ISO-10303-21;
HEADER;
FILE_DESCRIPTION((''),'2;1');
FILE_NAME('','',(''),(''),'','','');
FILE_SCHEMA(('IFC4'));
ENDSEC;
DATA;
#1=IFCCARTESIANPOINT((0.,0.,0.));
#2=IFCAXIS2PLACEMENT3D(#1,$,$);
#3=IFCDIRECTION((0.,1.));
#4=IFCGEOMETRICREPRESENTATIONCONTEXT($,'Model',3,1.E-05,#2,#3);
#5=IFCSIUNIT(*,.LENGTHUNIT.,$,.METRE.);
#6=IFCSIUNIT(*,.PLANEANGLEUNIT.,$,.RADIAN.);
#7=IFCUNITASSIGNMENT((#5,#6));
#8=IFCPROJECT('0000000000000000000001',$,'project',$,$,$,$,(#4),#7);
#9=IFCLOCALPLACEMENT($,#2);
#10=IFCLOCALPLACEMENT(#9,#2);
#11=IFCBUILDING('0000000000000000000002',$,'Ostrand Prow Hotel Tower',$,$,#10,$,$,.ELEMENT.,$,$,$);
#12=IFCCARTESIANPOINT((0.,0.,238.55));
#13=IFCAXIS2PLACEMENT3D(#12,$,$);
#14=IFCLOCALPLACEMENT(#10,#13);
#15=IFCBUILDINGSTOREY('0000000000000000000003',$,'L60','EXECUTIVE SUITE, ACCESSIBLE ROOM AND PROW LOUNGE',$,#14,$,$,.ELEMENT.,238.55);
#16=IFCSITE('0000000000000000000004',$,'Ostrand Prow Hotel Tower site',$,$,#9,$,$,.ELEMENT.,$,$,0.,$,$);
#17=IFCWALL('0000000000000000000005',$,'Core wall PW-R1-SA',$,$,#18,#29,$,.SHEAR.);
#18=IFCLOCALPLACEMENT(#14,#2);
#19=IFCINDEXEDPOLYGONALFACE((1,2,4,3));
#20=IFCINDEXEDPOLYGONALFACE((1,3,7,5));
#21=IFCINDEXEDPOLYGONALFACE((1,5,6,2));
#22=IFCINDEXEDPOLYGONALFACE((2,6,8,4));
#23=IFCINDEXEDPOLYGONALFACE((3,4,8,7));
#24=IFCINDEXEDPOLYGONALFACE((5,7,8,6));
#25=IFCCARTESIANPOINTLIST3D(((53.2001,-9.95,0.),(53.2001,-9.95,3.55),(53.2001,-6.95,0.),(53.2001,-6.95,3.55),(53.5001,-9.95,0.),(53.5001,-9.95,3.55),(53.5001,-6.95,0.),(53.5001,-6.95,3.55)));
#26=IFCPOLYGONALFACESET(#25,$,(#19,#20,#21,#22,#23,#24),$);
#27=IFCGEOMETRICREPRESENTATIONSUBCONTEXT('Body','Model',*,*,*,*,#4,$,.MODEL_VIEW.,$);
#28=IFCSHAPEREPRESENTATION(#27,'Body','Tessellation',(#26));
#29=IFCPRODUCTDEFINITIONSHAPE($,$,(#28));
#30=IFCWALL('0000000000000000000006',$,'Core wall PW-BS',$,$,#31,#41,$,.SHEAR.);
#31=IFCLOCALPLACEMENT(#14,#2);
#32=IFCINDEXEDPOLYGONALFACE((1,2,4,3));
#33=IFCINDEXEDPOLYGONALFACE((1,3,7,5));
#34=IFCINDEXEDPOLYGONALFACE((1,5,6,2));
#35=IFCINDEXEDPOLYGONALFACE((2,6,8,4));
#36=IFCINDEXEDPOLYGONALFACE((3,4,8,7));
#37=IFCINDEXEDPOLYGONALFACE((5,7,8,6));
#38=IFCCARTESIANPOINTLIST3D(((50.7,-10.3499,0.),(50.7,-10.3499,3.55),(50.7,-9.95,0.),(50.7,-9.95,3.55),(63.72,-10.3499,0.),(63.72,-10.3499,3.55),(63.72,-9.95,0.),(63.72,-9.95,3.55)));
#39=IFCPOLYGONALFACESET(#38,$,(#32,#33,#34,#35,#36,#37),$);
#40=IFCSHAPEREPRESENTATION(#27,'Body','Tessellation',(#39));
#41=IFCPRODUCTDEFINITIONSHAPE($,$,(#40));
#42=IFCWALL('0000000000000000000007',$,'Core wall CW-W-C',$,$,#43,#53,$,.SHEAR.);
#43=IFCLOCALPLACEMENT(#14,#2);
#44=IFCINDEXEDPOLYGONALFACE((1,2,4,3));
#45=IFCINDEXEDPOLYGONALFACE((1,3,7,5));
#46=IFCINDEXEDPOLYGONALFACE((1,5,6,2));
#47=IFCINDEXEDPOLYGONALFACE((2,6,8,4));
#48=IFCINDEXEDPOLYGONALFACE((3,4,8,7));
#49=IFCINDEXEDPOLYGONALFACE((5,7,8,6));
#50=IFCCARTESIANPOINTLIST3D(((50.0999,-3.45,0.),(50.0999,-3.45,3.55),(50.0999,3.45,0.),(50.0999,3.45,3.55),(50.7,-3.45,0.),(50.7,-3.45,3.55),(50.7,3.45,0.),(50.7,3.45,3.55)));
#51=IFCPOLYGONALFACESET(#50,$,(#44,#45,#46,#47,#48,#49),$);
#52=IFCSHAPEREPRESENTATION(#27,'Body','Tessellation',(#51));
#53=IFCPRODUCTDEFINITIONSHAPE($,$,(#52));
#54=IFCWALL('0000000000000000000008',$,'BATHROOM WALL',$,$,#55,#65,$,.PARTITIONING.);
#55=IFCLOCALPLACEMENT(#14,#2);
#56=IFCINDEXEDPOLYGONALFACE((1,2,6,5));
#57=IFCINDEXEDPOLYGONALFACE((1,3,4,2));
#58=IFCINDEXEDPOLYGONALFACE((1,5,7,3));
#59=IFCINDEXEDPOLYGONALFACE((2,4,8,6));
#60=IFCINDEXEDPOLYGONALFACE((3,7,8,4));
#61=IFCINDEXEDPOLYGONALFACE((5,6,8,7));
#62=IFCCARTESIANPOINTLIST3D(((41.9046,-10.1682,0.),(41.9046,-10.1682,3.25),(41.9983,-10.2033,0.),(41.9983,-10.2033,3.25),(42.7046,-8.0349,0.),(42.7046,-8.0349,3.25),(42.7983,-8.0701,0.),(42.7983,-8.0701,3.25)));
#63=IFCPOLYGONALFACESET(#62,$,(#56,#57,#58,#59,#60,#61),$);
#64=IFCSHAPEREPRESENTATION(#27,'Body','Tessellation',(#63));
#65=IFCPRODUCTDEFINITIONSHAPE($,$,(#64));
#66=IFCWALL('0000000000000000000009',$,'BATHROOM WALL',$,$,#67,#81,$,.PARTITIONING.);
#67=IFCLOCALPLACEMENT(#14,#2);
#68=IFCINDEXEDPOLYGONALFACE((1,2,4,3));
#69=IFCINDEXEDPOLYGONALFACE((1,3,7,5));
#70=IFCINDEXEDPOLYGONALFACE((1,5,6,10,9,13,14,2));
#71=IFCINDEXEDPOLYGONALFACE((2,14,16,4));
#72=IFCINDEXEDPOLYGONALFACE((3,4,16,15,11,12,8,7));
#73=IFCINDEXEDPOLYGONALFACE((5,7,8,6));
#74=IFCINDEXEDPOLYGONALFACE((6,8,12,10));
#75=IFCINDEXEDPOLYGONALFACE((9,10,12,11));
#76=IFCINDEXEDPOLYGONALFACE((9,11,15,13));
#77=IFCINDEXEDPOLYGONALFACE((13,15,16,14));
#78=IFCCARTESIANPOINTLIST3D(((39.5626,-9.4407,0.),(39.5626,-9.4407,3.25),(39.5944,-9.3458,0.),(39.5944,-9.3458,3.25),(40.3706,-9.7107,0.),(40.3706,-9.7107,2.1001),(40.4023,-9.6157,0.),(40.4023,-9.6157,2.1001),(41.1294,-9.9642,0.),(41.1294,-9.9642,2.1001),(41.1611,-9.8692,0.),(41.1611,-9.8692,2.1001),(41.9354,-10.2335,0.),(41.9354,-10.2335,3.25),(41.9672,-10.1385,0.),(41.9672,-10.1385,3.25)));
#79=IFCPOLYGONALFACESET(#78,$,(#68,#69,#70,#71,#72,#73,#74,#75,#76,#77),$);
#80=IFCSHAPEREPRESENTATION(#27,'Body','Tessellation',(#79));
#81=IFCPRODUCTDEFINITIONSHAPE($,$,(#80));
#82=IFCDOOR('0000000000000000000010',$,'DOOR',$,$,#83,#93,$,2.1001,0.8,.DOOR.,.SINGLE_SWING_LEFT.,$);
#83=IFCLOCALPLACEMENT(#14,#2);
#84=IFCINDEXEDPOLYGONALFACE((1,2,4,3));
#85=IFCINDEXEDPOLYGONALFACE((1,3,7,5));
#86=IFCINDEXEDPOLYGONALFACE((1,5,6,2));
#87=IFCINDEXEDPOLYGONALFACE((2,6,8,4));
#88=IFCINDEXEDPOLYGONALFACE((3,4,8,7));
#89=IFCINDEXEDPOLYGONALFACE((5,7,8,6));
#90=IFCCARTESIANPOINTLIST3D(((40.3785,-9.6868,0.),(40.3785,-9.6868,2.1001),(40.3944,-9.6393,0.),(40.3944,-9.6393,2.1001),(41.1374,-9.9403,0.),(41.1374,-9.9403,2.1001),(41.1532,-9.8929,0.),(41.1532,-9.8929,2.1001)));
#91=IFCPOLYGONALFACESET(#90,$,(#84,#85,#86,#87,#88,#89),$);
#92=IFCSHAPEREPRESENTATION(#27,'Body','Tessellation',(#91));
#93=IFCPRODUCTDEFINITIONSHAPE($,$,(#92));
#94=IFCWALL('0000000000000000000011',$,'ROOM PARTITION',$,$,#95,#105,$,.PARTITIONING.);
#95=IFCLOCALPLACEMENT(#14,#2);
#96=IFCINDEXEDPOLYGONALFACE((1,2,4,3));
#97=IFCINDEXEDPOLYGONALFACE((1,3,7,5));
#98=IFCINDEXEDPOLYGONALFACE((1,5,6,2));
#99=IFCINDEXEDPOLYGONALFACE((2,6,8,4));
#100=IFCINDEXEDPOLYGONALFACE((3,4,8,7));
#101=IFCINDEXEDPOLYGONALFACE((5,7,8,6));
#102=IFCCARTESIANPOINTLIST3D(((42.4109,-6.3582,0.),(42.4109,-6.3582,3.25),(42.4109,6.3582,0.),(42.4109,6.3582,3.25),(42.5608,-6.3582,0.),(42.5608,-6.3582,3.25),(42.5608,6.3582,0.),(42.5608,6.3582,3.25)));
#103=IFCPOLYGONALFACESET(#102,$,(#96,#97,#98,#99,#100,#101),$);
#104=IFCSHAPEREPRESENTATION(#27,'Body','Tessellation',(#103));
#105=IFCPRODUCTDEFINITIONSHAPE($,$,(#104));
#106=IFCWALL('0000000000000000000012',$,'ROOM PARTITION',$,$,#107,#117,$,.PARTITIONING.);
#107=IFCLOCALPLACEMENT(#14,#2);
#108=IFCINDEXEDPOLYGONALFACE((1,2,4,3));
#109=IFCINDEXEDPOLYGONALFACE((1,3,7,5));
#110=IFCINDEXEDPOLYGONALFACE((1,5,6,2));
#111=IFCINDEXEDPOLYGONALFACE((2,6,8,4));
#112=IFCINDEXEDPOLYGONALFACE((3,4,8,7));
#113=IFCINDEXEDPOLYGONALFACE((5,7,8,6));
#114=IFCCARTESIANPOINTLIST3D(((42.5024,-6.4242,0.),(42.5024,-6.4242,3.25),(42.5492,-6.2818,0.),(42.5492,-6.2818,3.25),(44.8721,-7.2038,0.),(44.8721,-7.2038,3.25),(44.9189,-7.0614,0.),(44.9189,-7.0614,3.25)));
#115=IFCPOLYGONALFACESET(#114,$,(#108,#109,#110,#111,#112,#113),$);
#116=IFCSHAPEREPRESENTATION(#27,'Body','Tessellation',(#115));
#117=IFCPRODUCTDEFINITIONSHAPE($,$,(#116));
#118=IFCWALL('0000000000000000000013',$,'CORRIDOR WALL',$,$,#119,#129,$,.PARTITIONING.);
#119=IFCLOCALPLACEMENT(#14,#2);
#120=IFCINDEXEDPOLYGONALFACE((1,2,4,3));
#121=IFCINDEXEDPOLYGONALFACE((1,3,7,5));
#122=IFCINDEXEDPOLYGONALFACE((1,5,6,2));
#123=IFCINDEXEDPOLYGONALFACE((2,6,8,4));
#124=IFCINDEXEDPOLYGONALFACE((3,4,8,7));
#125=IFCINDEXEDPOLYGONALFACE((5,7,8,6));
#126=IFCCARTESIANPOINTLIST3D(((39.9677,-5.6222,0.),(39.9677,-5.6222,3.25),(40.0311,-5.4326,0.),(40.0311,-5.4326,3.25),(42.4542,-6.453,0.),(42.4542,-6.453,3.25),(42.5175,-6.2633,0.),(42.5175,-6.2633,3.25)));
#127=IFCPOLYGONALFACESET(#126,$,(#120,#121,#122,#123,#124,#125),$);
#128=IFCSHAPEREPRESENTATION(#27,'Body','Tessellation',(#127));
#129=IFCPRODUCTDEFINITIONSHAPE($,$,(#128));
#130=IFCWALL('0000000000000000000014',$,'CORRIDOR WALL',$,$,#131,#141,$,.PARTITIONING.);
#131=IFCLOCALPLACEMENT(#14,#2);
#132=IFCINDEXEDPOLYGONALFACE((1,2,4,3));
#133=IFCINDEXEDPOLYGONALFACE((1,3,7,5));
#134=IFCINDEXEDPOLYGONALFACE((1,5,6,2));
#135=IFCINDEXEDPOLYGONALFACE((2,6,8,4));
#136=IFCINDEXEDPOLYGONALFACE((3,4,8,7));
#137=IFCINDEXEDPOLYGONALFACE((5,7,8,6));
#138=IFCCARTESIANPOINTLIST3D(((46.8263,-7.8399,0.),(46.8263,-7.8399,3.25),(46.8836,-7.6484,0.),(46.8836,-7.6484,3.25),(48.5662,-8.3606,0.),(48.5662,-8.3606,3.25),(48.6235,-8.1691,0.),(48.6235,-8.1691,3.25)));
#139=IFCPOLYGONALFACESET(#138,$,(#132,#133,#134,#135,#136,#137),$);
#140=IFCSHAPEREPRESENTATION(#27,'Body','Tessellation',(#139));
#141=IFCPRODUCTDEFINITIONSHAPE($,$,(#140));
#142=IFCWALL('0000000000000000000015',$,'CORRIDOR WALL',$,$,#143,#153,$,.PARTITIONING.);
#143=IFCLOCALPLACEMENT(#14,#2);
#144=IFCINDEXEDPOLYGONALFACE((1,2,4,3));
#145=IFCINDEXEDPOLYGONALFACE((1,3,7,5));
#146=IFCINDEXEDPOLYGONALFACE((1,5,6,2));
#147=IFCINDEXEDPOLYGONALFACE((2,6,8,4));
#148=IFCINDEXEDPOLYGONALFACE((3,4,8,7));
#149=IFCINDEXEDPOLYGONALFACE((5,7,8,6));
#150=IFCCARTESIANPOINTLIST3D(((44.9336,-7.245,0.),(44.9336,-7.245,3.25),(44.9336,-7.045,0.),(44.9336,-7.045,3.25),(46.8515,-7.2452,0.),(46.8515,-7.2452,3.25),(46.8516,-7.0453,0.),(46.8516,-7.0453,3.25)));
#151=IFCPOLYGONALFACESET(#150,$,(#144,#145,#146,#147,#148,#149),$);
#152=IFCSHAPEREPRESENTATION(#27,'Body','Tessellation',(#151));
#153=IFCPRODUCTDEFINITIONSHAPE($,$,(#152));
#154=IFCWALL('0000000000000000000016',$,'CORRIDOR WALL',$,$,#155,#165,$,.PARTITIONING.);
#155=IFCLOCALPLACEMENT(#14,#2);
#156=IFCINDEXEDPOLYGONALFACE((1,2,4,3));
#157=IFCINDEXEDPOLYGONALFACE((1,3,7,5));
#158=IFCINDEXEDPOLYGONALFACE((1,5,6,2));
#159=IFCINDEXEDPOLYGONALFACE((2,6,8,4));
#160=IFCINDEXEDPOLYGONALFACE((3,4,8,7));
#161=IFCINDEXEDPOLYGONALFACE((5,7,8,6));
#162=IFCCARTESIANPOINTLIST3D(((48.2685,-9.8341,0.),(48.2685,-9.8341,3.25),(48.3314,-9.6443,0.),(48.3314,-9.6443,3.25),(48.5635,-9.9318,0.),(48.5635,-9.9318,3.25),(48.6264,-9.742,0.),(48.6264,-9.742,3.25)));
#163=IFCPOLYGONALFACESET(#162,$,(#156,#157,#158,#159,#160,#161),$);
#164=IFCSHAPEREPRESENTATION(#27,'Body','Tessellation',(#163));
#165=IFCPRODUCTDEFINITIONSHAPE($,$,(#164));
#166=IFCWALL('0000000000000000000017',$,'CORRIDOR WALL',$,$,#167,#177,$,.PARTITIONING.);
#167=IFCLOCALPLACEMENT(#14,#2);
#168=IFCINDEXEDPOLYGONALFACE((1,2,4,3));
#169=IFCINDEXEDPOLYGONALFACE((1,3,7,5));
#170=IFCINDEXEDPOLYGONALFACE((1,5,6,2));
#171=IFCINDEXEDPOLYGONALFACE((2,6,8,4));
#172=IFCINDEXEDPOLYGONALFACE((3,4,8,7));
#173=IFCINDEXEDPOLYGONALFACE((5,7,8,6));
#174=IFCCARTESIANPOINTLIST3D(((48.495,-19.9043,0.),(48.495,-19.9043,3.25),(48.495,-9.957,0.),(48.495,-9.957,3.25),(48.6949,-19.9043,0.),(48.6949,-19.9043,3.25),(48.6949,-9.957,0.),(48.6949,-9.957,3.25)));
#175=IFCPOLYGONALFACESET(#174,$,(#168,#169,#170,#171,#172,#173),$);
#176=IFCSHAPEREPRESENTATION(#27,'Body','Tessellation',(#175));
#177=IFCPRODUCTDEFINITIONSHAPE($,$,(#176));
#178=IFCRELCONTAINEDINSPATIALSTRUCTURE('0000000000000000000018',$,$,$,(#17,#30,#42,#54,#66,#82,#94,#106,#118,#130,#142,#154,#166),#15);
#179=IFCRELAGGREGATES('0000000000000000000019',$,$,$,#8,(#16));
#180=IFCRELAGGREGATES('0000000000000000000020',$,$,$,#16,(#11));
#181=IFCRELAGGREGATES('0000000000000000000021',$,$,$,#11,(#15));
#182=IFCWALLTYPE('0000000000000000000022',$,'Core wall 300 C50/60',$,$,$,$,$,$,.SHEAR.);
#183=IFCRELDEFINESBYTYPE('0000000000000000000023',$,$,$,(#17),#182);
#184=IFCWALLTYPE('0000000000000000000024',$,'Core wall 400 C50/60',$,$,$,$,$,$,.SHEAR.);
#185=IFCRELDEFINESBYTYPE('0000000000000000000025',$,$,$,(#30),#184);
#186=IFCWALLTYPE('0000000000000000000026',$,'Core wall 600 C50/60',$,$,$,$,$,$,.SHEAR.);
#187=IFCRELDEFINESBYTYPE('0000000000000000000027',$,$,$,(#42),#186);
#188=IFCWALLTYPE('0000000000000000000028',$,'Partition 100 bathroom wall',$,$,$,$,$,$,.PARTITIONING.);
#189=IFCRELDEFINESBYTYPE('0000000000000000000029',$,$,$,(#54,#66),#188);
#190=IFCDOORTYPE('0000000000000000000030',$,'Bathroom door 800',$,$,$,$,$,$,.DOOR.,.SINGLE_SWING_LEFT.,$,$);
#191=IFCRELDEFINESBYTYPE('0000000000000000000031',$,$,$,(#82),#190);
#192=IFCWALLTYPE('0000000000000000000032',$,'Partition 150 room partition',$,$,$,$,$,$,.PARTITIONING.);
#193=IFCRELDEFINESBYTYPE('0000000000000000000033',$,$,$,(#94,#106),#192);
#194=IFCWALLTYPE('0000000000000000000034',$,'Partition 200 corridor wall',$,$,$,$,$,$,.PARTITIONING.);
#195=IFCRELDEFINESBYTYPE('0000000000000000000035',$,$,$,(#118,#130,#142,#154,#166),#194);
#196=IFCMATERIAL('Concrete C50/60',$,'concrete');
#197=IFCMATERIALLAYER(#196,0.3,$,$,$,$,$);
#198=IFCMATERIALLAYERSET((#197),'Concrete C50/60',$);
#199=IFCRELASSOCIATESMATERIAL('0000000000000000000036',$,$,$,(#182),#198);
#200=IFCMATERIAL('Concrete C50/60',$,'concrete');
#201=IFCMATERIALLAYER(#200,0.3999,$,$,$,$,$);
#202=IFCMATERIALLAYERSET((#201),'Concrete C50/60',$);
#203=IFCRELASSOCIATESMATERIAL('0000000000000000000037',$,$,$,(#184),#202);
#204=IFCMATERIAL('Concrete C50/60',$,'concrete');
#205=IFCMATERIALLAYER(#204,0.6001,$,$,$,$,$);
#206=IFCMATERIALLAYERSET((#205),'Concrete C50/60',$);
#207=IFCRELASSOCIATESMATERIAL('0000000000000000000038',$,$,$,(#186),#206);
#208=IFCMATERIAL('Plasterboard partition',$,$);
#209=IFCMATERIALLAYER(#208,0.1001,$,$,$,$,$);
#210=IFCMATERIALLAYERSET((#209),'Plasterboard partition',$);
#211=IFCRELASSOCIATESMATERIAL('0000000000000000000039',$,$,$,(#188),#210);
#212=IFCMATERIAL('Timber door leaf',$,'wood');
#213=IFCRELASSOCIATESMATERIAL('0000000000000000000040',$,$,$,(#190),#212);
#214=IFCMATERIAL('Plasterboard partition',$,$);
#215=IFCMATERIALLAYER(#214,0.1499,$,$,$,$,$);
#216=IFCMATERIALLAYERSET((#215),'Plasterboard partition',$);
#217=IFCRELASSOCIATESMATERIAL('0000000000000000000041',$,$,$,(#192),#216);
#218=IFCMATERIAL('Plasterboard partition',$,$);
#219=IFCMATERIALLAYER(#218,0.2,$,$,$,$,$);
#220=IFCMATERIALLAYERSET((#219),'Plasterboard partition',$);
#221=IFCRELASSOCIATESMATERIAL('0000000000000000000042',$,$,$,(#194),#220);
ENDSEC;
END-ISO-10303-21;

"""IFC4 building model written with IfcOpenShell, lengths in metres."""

from ifc_helpers import new_model, si_unit, direction, frame, frame_2d, origin, place, context, subcontext, project, spatial, rectangle, extrude, material, layer, layer_set, type_object, element, fill, save


model = new_model("IFC4")

# Units and contexts
model_context = context("Model", 3, precision=1e-05, world=origin(), true_north=direction((0.0, 1.0)))
body_context = subcontext(model_context, "Body", "Model", "MODEL_VIEW")
ifc_project = project(units=[si_unit("LENGTHUNIT", "METRE"), si_unit("PLANEANGLEUNIT", "RADIAN")], contexts=[model_context])

# Site, building, storey
site_placement = place(None, origin())
site = spatial("IfcSite", under=ifc_project, at=site_placement, Name="Ostrand Prow Hotel Tower site", CompositionType="ELEMENT", RefElevation=0.0)
building_placement = place(site_placement, origin())
building = spatial("IfcBuilding", under=site, at=building_placement, Name="Ostrand Prow Hotel Tower", CompositionType="ELEMENT")
storey_placement = place(building_placement, frame((0.0, 0.0, 238.55)))
storey = spatial("IfcBuildingStorey", under=building, at=storey_placement, Name="L60", Description="EXECUTIVE SUITE, ACCESSIBLE ROOM AND PROW LOUNGE", CompositionType="ELEMENT", Elevation=238.55)

# Shared definitions
ifc_material_1 = material(Name="Concrete C50/60", Category="concrete")
ifc_layer_1 = layer(ifc_material_1, 0.3)
ifc_layer_set_1 = layer_set([ifc_layer_1], Name="Concrete C50/60")
wall_type_1 = type_object("IfcWallType", Name="Core wall 300 C50/60", PredefinedType="SHEAR", material=ifc_layer_set_1)

# Walls
for number, where, z_axis, x_axis, name in (
    (1, (53.3501, -9.95, 0.0), (0.0, 0.0, 1.0), (0.0, 1.0, 0.0), "Core wall PW-R1-SA"),
):
    element("IfcWall", number, at=place(storey_placement, frame(where, z_axis=z_axis, x_axis=x_axis)), inside=storey, type_object=wall_type_1, Name=name, PredefinedType="SHEAR", context=body_context, shape_type="SweptSolid", body=[
        extrude(rectangle(XDim=3.0, YDim=0.3, at=frame_2d((1.5, 0.0))), origin(), (0.0, 0.0, 1.0), 3.55),
    ])
ifc_material_2 = material(Name="Concrete C50/60", Category="concrete")
ifc_layer_2 = layer(ifc_material_2, 0.3999)
ifc_layer_set_2 = layer_set([ifc_layer_2], Name="Concrete C50/60")
wall_type_2 = type_object("IfcWallType", Name="Core wall 400 C50/60", PredefinedType="SHEAR", material=ifc_layer_set_2)
wall_1_placement = place(storey_placement, frame((50.7, -10.1499, 0.0), z_axis=(0.0, 0.0, 1.0), x_axis=(1.0, 0.0, 0.0)))
element("IfcWall", 2, at=wall_1_placement, inside=storey, type_object=wall_type_2, Name="Core wall PW-BS", PredefinedType="SHEAR", context=body_context, shape_type="SweptSolid", body=[
    extrude(rectangle(XDim=13.02, YDim=0.3999, at=frame_2d((6.51, 0.0))), origin(), (0.0, 0.0, 1.0), 3.55),
])
ifc_material_3 = material(Name="Concrete C50/60", Category="concrete")
ifc_layer_3 = layer(ifc_material_3, 0.6001)
ifc_layer_set_3 = layer_set([ifc_layer_3], Name="Concrete C50/60")
wall_type_3 = type_object("IfcWallType", Name="Core wall 600 C50/60", PredefinedType="SHEAR", material=ifc_layer_set_3)
wall_2_placement = place(storey_placement, frame((50.3999, -3.45, 0.0), z_axis=(0.0, 0.0, 1.0), x_axis=(0.0, 1.0, 0.0)))
element("IfcWall", 3, at=wall_2_placement, inside=storey, type_object=wall_type_3, Name="Core wall CW-W-C", PredefinedType="SHEAR", context=body_context, shape_type="SweptSolid", body=[
    extrude(rectangle(XDim=6.8999, YDim=0.6001, at=frame_2d((3.45, 0.0))), origin(), (0.0, 0.0, 1.0), 3.55),
])
ifc_material_4 = material(Name="Plasterboard partition")
ifc_layer_4 = layer(ifc_material_4, 0.1001)
ifc_layer_set_4 = layer_set([ifc_layer_4], Name="Plasterboard partition")
wall_type_4 = type_object("IfcWallType", Name="Partition 100 bathroom wall", PredefinedType="PARTITIONING", material=ifc_layer_set_4)
wall_3_placement = place(storey_placement, frame((42.7515, -8.0525, 0.0), z_axis=(0.0, 0.0, 1.0), x_axis=(-0.351147, -0.93632, 0.0)))
element("IfcWall", 4, at=wall_3_placement, inside=storey, type_object=wall_type_4, Name="BATHROOM WALL", PredefinedType="PARTITIONING", context=body_context, shape_type="SweptSolid", body=[
    extrude(rectangle(XDim=2.2783, YDim=0.1001, at=frame_2d((1.1392, 0.0))), origin(), (0.0, 0.0, 1.0), 3.25),
])

# Wall, opening, door
wall_4_placement = place(storey_placement, frame((41.9514, -10.186, 0.0), z_axis=(0.0, 0.0, 1.0), x_axis=(-0.948468, 0.316872, 0.0)))
wall_4 = element("IfcWall", 5, at=wall_4_placement, inside=storey, type_object=wall_type_4, Name="BATHROOM WALL", PredefinedType="PARTITIONING", context=body_context, shape_type="SweptSolid", body=[
    extrude(rectangle(XDim=2.5017, YDim=0.1001, at=frame_2d((1.251, 0.0))), origin(), (0.0, 0.0, 1.0), 3.25),
])
opening_1_placement = place(wall_4_placement, frame((0.8501, 0.0, 0.0)))
opening_1 = element("IfcOpeningElement", 6, at=opening_1_placement, cuts=wall_4, PredefinedType="OPENING", context=body_context, shape_type="SweptSolid", body=[
    extrude(rectangle(XDim=0.8, YDim=2.1001, at=frame_2d((0.3999, 1.05))), frame((0.0, 0.0601, 0.0), z_axis=(0.0, -1.0, 0.0), x_axis=(1.0, 0.0, 0.0)), (0.0, 0.0, 1.0), 0.1201),
])
ifc_material_5 = material(Name="Timber door leaf", Category="wood")
door_type_1 = type_object("IfcDoorType", Name="Bathroom door 800", OperationType="SINGLE_SWING_LEFT", PredefinedType="DOOR", material=ifc_material_5)
door_1_placement = place(opening_1_placement, origin())
door_1 = element("IfcDoor", 7, at=door_1_placement, inside=storey, type_object=door_type_1, Name="DOOR", OperationType="SINGLE_SWING_LEFT", OverallHeight=2.1001, OverallWidth=0.8, PredefinedType="DOOR", context=body_context, shape_type="SweptSolid", body=[
    extrude(rectangle(XDim=0.8, YDim=2.1001, at=frame_2d((0.3999, 1.05))), frame((0.0, 0.0249, 0.0), z_axis=(0.0, -1.0, 0.0), x_axis=(1.0, 0.0, 0.0)), (0.0, 0.0, 1.0), 0.05),
])
fill(opening_1, door_1)

# Walls
ifc_material_6 = material(Name="Plasterboard partition")
ifc_layer_5 = layer(ifc_material_6, 0.1499)
ifc_layer_set_5 = layer_set([ifc_layer_5], Name="Plasterboard partition")
wall_type_5 = type_object("IfcWallType", Name="Partition 150 room partition", PredefinedType="PARTITIONING", material=ifc_layer_set_5)
wall_5_placement = place(storey_placement, frame((42.4858, -6.3582, 0.0), z_axis=(0.0, 0.0, 1.0), x_axis=(0.0, 1.0, 0.0)))
element("IfcWall", 8, at=wall_5_placement, inside=storey, type_object=wall_type_5, Name="ROOM PARTITION", PredefinedType="PARTITIONING", context=body_context, shape_type="SweptSolid", body=[
    extrude(rectangle(XDim=12.7163, YDim=0.1499, at=frame_2d((6.3582, 0.0))), origin(), (0.0, 0.0, 1.0), 3.25),
])
wall_6_placement = place(storey_placement, frame((44.8955, -7.1326, 0.0), z_axis=(0.0, 0.0, 1.0), x_axis=(-0.949919, 0.312497, 0.0)))
element("IfcWall", 9, at=wall_6_placement, inside=storey, type_object=wall_type_5, Name="ROOM PARTITION", PredefinedType="PARTITIONING", context=body_context, shape_type="SweptSolid", body=[
    extrude(rectangle(XDim=2.4946, YDim=0.1499, at=frame_2d((1.2473, 0.0))), origin(), (0.0, 0.0, 1.0), 3.25),
])
ifc_material_7 = material(Name="Plasterboard partition")
ifc_layer_6 = layer(ifc_material_7, 0.2)
ifc_layer_set_6 = layer_set([ifc_layer_6], Name="Plasterboard partition")
wall_type_6 = type_object("IfcWallType", Name="Partition 200 corridor wall", PredefinedType="PARTITIONING", material=ifc_layer_set_6)
wall_7_placement = place(storey_placement, frame((42.4858, -6.3582, 0.0), z_axis=(0.0, 0.0, 1.0), x_axis=(-0.94846, 0.316898, 0.0)))
element("IfcWall", 10, at=wall_7_placement, inside=storey, type_object=wall_type_6, Name="CORRIDOR WALL", PredefinedType="PARTITIONING", context=body_context, shape_type="SweptSolid", body=[
    extrude(rectangle(XDim=2.6216, YDim=0.2, at=frame_2d((1.3108, 0.0))), origin(), (0.0, 0.0, 1.0), 3.25),
])
wall_8_placement = place(storey_placement, frame((48.595, -8.2649, 0.0), z_axis=(0.0, 0.0, 1.0), x_axis=(-0.958015, 0.286719, 0.0)))
element("IfcWall", 11, at=wall_8_placement, inside=storey, type_object=wall_type_6, Name="CORRIDOR WALL", PredefinedType="PARTITIONING", context=body_context, shape_type="SweptSolid", body=[
    extrude(rectangle(XDim=1.8162, YDim=0.2, at=frame_2d((0.9082, 0.0))), origin(), (0.0, 0.0, 1.0), 3.25),
])
wall_9_placement = place(storey_placement, frame((46.8516, -7.1453, 0.0), z_axis=(0.0, 0.0, 1.0), x_axis=(-1.0, 0.000127, 0.0)))
element("IfcWall", 12, at=wall_9_placement, inside=storey, type_object=wall_type_6, Name="CORRIDOR WALL", PredefinedType="PARTITIONING", context=body_context, shape_type="SweptSolid", body=[
    extrude(rectangle(XDim=1.918, YDim=0.2, at=frame_2d((0.959, 0.0))), origin(), (0.0, 0.0, 1.0), 3.25),
])
wall_10_placement = place(storey_placement, frame((48.3, -9.7393, 0.0), z_axis=(0.0, 0.0, 1.0), x_axis=(0.94931, -0.314341, 0.0)))
element("IfcWall", 13, at=wall_10_placement, inside=storey, type_object=wall_type_6, Name="CORRIDOR WALL", PredefinedType="PARTITIONING", context=body_context, shape_type="SweptSolid", body=[
    extrude(rectangle(XDim=0.3108, YDim=0.2, at=frame_2d((0.1553, 0.0))), origin(), (0.0, 0.0, 1.0), 3.25),
])
wall_11_placement = place(storey_placement, frame((48.595, -9.957, 0.0), z_axis=(0.0, 0.0, 1.0), x_axis=(0.0, -1.0, 0.0)))
element("IfcWall", 14, at=wall_11_placement, inside=storey, type_object=wall_type_6, Name="CORRIDOR WALL", PredefinedType="PARTITIONING", context=body_context, shape_type="SweptSolid", body=[
    extrude(rectangle(XDim=9.9473, YDim=0.2, at=frame_2d((4.9736, 0.0))), origin(), (0.0, 0.0, 1.0), 3.25),
])

save(model, "model.ifc")
